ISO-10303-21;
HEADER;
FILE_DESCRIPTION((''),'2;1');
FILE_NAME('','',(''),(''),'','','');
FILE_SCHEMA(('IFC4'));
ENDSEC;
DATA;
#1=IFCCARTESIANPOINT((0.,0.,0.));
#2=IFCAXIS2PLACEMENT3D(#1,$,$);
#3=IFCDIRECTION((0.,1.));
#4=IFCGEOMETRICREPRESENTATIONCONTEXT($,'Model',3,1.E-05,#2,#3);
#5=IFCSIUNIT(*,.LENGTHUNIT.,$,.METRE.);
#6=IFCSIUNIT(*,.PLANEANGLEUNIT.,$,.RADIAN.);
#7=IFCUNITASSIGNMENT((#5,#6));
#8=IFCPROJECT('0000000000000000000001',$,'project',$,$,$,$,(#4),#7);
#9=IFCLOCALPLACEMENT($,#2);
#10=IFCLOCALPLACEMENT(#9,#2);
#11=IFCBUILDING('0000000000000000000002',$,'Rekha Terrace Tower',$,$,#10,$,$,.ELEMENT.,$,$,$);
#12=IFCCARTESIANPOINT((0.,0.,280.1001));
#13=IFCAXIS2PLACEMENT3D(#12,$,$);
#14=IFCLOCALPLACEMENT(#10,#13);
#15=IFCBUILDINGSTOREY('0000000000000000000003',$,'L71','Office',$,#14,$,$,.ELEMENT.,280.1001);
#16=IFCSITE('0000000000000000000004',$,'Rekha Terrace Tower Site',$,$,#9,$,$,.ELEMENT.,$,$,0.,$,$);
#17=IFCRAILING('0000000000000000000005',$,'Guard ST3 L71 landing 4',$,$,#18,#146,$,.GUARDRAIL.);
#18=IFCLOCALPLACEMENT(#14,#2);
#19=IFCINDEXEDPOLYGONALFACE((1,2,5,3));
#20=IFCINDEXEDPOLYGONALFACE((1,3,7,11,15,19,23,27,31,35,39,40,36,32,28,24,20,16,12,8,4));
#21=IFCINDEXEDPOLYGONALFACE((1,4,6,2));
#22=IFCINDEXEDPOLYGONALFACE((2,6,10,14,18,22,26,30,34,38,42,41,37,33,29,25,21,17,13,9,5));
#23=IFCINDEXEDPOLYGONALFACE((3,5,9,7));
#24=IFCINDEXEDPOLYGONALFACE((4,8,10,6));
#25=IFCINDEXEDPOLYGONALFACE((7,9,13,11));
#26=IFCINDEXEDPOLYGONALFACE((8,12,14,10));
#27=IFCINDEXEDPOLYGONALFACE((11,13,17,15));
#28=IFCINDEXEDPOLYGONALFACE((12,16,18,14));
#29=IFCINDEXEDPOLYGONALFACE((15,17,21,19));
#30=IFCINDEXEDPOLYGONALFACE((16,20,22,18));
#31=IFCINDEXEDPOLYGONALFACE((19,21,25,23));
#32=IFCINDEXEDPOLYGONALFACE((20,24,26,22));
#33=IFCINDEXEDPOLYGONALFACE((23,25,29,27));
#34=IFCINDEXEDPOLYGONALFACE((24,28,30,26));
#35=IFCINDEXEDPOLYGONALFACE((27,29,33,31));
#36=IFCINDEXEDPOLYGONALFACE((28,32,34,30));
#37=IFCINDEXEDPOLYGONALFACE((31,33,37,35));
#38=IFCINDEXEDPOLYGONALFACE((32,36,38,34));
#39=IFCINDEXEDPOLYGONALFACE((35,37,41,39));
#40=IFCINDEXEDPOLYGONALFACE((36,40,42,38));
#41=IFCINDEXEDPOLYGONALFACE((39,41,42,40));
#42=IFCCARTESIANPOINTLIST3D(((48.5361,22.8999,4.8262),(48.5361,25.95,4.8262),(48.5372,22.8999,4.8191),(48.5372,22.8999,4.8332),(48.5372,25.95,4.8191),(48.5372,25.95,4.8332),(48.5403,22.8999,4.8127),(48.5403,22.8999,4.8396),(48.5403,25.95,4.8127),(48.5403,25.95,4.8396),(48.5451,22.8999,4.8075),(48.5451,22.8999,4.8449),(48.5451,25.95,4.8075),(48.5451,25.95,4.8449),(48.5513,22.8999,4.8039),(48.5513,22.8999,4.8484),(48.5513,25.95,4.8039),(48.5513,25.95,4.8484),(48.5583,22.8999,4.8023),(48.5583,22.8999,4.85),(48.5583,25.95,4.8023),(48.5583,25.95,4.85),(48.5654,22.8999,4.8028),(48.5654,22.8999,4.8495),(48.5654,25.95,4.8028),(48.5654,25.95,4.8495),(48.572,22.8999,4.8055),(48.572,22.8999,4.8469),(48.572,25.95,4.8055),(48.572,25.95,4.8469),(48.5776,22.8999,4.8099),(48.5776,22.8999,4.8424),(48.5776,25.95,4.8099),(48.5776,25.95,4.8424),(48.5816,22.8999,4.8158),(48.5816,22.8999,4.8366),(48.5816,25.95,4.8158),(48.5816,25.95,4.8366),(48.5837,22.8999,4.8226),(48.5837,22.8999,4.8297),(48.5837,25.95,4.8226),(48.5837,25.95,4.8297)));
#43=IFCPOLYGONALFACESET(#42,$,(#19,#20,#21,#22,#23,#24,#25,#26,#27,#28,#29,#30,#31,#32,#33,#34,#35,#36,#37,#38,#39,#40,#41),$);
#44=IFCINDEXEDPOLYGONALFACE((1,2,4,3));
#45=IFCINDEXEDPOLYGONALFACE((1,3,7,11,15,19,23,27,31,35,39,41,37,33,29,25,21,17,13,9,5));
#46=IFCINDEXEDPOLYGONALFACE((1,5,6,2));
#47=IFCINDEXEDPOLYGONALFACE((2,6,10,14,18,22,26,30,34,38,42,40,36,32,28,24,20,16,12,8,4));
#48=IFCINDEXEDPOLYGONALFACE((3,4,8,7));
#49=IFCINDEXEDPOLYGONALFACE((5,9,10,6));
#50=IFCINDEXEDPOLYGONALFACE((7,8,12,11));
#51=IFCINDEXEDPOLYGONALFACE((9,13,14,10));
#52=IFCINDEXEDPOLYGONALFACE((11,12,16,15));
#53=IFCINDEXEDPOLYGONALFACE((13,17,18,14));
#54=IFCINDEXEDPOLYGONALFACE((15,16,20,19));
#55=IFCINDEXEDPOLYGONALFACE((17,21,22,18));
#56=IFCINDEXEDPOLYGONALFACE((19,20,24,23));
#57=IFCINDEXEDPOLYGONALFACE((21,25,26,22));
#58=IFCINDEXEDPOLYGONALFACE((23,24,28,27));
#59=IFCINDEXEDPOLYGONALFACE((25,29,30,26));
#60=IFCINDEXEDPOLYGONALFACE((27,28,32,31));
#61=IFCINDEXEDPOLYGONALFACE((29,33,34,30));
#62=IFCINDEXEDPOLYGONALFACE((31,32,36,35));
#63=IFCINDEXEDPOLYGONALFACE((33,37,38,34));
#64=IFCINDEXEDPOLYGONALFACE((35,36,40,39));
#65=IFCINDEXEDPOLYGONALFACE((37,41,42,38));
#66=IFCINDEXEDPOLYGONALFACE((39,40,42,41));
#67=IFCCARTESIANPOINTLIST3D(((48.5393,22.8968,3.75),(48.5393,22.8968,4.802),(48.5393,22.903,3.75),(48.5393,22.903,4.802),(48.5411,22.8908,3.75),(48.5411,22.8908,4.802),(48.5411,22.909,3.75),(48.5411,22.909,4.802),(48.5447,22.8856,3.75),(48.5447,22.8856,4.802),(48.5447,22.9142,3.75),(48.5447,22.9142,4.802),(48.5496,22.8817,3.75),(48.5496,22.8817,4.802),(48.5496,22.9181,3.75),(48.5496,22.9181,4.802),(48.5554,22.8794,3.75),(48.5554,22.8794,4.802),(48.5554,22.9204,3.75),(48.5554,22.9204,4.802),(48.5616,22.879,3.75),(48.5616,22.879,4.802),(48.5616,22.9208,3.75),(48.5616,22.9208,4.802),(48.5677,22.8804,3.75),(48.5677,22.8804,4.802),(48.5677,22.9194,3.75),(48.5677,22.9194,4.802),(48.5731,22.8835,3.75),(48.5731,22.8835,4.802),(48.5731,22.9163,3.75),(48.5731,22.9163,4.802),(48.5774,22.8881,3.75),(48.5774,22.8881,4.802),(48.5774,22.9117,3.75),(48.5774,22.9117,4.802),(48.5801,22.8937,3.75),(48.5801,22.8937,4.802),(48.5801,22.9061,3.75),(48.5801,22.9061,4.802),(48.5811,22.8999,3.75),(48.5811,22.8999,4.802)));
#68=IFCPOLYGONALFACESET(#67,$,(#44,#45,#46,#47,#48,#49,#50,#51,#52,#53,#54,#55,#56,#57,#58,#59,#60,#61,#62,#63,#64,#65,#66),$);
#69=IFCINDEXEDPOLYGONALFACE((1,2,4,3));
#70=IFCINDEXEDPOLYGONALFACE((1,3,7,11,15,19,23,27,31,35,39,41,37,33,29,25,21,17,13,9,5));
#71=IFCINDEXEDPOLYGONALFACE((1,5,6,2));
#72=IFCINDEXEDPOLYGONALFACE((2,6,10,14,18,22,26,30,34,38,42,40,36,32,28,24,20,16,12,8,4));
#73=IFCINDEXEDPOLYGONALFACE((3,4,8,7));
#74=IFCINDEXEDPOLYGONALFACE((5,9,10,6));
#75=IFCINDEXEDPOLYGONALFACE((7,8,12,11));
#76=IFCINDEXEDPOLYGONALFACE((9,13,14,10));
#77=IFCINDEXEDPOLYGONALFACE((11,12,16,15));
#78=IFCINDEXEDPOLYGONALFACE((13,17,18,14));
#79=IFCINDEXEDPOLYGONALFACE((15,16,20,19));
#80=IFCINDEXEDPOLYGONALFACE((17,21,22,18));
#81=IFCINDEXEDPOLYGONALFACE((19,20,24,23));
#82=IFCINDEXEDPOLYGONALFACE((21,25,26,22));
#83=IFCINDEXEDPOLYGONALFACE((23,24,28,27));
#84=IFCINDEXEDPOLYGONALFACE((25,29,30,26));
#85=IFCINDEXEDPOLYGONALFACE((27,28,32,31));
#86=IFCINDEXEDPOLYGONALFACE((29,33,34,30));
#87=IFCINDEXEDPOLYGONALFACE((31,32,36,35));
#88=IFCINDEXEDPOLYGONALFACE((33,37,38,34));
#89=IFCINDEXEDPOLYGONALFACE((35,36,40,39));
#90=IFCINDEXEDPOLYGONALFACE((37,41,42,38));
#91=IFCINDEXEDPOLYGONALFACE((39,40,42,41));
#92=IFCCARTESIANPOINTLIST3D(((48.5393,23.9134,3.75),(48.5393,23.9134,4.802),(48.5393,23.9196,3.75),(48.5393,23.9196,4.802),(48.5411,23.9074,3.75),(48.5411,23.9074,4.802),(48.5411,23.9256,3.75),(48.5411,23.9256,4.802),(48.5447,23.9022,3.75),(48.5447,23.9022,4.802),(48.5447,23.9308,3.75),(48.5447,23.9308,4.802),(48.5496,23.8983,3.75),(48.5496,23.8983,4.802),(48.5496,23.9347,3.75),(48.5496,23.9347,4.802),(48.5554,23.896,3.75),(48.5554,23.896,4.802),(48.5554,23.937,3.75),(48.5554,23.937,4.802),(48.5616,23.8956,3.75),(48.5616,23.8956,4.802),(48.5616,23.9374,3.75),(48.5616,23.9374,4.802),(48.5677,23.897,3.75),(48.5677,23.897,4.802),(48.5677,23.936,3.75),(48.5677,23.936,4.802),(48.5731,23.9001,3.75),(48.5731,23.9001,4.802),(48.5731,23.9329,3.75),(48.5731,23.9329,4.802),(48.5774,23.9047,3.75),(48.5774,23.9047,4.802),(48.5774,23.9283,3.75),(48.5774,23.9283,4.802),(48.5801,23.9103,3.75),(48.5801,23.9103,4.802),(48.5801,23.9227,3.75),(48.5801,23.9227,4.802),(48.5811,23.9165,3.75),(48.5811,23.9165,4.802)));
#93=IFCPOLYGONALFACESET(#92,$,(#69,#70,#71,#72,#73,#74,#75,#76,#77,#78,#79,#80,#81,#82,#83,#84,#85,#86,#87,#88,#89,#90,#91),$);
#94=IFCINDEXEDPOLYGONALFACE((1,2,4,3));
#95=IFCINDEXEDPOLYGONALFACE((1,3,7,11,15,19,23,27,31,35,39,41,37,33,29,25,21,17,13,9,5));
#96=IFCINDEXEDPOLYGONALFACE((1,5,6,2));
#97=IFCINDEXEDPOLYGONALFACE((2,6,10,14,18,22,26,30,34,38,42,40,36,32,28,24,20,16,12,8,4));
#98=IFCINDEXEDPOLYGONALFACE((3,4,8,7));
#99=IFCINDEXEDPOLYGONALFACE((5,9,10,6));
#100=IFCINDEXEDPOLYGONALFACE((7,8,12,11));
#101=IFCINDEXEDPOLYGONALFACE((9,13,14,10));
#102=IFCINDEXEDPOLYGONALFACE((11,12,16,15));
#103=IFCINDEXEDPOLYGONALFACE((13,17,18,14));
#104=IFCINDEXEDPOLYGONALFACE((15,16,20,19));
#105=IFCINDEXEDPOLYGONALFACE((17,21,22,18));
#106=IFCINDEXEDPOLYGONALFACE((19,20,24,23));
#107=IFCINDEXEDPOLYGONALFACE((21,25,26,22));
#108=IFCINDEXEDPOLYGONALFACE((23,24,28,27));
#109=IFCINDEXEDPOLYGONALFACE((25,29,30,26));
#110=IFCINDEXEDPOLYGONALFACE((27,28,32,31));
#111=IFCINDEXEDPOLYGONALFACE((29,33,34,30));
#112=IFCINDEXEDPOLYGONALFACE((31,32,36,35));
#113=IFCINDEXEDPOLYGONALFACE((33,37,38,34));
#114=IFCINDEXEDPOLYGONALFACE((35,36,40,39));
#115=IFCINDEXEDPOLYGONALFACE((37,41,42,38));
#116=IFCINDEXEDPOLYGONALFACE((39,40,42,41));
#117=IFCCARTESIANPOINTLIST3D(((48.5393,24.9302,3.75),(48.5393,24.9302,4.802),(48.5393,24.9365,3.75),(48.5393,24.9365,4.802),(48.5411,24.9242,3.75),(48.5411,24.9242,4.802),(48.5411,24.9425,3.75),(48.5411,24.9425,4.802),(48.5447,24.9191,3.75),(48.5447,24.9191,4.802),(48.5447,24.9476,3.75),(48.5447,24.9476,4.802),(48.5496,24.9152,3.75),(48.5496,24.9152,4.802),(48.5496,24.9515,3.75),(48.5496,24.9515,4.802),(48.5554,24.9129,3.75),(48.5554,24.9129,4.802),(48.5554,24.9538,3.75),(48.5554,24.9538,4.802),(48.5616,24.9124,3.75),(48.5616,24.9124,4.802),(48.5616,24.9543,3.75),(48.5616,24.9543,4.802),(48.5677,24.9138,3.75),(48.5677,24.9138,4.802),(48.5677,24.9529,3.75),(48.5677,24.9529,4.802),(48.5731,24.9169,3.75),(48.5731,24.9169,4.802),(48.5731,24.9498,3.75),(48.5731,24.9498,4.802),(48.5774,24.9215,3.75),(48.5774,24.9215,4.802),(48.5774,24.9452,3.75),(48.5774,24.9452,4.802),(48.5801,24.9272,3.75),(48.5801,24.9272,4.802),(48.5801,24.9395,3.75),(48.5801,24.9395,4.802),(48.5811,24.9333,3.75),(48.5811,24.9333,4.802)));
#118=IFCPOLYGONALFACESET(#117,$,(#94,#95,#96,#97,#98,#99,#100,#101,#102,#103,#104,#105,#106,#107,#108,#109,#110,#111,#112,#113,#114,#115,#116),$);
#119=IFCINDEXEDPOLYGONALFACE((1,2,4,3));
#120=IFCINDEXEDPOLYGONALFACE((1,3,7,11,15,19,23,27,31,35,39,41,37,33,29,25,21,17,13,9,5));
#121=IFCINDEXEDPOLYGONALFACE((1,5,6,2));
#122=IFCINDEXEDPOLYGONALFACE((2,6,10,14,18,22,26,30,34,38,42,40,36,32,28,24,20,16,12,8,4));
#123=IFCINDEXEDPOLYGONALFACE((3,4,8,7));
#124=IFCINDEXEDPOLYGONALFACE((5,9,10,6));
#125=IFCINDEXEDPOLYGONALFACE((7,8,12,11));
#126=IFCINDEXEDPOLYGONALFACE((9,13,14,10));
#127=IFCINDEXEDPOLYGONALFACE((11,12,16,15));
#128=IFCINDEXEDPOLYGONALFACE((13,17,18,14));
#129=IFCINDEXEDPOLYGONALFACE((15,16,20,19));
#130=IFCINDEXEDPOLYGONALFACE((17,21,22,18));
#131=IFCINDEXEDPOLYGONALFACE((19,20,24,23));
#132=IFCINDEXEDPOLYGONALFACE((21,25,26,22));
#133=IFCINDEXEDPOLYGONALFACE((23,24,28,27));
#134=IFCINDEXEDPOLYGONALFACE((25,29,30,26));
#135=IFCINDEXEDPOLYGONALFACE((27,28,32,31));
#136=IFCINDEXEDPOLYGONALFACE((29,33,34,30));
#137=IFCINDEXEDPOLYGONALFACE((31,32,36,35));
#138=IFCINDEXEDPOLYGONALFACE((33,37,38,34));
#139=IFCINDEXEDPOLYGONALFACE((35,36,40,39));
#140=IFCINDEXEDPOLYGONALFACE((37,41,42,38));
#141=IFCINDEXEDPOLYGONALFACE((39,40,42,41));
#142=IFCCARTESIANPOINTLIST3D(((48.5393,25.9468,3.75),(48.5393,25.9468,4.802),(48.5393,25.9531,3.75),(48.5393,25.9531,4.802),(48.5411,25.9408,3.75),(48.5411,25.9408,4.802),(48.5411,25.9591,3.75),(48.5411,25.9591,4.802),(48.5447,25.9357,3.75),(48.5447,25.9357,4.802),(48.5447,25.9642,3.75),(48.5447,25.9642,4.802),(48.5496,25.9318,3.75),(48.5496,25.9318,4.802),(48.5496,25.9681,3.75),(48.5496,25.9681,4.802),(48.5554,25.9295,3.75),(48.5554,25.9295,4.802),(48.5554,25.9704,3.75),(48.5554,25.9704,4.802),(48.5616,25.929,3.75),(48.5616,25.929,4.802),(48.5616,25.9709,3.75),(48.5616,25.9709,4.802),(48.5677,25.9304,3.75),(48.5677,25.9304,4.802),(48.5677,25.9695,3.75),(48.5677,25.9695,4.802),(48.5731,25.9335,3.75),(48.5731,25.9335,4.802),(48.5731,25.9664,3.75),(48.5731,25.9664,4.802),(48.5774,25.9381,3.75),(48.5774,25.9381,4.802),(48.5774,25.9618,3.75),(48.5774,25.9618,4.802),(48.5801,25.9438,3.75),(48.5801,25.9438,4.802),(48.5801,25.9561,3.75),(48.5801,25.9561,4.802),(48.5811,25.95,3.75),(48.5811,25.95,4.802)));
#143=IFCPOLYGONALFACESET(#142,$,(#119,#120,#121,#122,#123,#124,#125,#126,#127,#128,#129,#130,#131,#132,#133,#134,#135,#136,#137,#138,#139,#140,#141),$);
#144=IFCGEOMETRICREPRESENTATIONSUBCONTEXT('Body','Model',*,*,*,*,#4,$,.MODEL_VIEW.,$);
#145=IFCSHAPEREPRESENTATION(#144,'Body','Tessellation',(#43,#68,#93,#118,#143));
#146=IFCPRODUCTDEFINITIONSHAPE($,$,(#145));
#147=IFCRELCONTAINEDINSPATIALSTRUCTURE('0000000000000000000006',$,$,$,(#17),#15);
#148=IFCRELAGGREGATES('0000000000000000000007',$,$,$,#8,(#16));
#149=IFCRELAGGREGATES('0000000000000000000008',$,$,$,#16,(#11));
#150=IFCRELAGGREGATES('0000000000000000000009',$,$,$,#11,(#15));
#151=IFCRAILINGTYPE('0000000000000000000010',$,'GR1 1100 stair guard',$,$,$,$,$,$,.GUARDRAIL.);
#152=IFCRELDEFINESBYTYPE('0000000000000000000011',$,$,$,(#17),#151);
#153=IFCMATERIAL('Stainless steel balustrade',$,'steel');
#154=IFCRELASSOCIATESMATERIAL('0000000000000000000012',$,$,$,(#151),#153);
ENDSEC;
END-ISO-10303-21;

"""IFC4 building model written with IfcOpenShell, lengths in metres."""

from ifc_helpers import new_model, si_unit, direction, frame, origin, origin_2d, place, context, subcontext, project, spatial, circle, extrude, material, type_object, element, save


model = new_model("IFC4")

# Units and contexts
model_context = context("Model", 3, precision=1e-05, world=origin(), true_north=direction((0.0, 1.0)))
body_context = subcontext(model_context, "Body", "Model", "MODEL_VIEW")
ifc_project = project(units=[si_unit("LENGTHUNIT", "METRE"), si_unit("PLANEANGLEUNIT", "RADIAN")], contexts=[model_context])

# Site, building, storey
site_placement = place(None, origin())
site = spatial("IfcSite", under=ifc_project, at=site_placement, Name="Rekha Terrace Tower Site", CompositionType="ELEMENT", RefElevation=0.0)
building_placement = place(site_placement, origin())
building = spatial("IfcBuilding", under=site, at=building_placement, Name="Rekha Terrace Tower", CompositionType="ELEMENT")
storey_placement = place(building_placement, frame((0.0, 0.0, 280.1001)))
storey = spatial("IfcBuildingStorey", under=building, at=storey_placement, Name="L71", Description="Office", CompositionType="ELEMENT", Elevation=280.1001)

# Railing
ifc_material_1 = material(Name="Stainless steel balustrade", Category="steel")
railing_type_1 = type_object("IfcRailingType", Name="GR1 1100 stair guard", PredefinedType="GUARDRAIL", material=ifc_material_1)
railing_1_placement = place(storey_placement, frame((48.5601, 22.8999, 3.75)))
element("IfcRailing", 1, at=railing_1_placement, inside=storey, type_object=railing_type_1, Name="Guard ST3 L71 landing 4", PredefinedType="GUARDRAIL", context=body_context, shape_type="SweptSolid", body=[
    extrude(circle(Radius=0.0239, at=origin_2d()), frame((0.0, 0.0, 1.0762), z_axis=(0.0, 1.0, 0.0), x_axis=(-1.0, 0.0, 0.0)), (0.0, 0.0, 1.0), 3.05),
    extrude(circle(Radius=0.021, at=origin_2d()), origin(), (0.0, 0.0, 1.0), 1.052),
    extrude(circle(Radius=0.021, at=origin_2d()), frame((0.0, 1.0166, 0.0)), (0.0, 0.0, 1.0), 1.052),
    extrude(circle(Radius=0.021, at=origin_2d()), frame((0.0, 2.0334, 0.0)), (0.0, 0.0, 1.0), 1.052),
    extrude(circle(Radius=0.021, at=origin_2d()), frame((0.0, 3.05, 0.0)), (0.0, 0.0, 1.0), 1.052),
])

save(model, "model.ifc")
